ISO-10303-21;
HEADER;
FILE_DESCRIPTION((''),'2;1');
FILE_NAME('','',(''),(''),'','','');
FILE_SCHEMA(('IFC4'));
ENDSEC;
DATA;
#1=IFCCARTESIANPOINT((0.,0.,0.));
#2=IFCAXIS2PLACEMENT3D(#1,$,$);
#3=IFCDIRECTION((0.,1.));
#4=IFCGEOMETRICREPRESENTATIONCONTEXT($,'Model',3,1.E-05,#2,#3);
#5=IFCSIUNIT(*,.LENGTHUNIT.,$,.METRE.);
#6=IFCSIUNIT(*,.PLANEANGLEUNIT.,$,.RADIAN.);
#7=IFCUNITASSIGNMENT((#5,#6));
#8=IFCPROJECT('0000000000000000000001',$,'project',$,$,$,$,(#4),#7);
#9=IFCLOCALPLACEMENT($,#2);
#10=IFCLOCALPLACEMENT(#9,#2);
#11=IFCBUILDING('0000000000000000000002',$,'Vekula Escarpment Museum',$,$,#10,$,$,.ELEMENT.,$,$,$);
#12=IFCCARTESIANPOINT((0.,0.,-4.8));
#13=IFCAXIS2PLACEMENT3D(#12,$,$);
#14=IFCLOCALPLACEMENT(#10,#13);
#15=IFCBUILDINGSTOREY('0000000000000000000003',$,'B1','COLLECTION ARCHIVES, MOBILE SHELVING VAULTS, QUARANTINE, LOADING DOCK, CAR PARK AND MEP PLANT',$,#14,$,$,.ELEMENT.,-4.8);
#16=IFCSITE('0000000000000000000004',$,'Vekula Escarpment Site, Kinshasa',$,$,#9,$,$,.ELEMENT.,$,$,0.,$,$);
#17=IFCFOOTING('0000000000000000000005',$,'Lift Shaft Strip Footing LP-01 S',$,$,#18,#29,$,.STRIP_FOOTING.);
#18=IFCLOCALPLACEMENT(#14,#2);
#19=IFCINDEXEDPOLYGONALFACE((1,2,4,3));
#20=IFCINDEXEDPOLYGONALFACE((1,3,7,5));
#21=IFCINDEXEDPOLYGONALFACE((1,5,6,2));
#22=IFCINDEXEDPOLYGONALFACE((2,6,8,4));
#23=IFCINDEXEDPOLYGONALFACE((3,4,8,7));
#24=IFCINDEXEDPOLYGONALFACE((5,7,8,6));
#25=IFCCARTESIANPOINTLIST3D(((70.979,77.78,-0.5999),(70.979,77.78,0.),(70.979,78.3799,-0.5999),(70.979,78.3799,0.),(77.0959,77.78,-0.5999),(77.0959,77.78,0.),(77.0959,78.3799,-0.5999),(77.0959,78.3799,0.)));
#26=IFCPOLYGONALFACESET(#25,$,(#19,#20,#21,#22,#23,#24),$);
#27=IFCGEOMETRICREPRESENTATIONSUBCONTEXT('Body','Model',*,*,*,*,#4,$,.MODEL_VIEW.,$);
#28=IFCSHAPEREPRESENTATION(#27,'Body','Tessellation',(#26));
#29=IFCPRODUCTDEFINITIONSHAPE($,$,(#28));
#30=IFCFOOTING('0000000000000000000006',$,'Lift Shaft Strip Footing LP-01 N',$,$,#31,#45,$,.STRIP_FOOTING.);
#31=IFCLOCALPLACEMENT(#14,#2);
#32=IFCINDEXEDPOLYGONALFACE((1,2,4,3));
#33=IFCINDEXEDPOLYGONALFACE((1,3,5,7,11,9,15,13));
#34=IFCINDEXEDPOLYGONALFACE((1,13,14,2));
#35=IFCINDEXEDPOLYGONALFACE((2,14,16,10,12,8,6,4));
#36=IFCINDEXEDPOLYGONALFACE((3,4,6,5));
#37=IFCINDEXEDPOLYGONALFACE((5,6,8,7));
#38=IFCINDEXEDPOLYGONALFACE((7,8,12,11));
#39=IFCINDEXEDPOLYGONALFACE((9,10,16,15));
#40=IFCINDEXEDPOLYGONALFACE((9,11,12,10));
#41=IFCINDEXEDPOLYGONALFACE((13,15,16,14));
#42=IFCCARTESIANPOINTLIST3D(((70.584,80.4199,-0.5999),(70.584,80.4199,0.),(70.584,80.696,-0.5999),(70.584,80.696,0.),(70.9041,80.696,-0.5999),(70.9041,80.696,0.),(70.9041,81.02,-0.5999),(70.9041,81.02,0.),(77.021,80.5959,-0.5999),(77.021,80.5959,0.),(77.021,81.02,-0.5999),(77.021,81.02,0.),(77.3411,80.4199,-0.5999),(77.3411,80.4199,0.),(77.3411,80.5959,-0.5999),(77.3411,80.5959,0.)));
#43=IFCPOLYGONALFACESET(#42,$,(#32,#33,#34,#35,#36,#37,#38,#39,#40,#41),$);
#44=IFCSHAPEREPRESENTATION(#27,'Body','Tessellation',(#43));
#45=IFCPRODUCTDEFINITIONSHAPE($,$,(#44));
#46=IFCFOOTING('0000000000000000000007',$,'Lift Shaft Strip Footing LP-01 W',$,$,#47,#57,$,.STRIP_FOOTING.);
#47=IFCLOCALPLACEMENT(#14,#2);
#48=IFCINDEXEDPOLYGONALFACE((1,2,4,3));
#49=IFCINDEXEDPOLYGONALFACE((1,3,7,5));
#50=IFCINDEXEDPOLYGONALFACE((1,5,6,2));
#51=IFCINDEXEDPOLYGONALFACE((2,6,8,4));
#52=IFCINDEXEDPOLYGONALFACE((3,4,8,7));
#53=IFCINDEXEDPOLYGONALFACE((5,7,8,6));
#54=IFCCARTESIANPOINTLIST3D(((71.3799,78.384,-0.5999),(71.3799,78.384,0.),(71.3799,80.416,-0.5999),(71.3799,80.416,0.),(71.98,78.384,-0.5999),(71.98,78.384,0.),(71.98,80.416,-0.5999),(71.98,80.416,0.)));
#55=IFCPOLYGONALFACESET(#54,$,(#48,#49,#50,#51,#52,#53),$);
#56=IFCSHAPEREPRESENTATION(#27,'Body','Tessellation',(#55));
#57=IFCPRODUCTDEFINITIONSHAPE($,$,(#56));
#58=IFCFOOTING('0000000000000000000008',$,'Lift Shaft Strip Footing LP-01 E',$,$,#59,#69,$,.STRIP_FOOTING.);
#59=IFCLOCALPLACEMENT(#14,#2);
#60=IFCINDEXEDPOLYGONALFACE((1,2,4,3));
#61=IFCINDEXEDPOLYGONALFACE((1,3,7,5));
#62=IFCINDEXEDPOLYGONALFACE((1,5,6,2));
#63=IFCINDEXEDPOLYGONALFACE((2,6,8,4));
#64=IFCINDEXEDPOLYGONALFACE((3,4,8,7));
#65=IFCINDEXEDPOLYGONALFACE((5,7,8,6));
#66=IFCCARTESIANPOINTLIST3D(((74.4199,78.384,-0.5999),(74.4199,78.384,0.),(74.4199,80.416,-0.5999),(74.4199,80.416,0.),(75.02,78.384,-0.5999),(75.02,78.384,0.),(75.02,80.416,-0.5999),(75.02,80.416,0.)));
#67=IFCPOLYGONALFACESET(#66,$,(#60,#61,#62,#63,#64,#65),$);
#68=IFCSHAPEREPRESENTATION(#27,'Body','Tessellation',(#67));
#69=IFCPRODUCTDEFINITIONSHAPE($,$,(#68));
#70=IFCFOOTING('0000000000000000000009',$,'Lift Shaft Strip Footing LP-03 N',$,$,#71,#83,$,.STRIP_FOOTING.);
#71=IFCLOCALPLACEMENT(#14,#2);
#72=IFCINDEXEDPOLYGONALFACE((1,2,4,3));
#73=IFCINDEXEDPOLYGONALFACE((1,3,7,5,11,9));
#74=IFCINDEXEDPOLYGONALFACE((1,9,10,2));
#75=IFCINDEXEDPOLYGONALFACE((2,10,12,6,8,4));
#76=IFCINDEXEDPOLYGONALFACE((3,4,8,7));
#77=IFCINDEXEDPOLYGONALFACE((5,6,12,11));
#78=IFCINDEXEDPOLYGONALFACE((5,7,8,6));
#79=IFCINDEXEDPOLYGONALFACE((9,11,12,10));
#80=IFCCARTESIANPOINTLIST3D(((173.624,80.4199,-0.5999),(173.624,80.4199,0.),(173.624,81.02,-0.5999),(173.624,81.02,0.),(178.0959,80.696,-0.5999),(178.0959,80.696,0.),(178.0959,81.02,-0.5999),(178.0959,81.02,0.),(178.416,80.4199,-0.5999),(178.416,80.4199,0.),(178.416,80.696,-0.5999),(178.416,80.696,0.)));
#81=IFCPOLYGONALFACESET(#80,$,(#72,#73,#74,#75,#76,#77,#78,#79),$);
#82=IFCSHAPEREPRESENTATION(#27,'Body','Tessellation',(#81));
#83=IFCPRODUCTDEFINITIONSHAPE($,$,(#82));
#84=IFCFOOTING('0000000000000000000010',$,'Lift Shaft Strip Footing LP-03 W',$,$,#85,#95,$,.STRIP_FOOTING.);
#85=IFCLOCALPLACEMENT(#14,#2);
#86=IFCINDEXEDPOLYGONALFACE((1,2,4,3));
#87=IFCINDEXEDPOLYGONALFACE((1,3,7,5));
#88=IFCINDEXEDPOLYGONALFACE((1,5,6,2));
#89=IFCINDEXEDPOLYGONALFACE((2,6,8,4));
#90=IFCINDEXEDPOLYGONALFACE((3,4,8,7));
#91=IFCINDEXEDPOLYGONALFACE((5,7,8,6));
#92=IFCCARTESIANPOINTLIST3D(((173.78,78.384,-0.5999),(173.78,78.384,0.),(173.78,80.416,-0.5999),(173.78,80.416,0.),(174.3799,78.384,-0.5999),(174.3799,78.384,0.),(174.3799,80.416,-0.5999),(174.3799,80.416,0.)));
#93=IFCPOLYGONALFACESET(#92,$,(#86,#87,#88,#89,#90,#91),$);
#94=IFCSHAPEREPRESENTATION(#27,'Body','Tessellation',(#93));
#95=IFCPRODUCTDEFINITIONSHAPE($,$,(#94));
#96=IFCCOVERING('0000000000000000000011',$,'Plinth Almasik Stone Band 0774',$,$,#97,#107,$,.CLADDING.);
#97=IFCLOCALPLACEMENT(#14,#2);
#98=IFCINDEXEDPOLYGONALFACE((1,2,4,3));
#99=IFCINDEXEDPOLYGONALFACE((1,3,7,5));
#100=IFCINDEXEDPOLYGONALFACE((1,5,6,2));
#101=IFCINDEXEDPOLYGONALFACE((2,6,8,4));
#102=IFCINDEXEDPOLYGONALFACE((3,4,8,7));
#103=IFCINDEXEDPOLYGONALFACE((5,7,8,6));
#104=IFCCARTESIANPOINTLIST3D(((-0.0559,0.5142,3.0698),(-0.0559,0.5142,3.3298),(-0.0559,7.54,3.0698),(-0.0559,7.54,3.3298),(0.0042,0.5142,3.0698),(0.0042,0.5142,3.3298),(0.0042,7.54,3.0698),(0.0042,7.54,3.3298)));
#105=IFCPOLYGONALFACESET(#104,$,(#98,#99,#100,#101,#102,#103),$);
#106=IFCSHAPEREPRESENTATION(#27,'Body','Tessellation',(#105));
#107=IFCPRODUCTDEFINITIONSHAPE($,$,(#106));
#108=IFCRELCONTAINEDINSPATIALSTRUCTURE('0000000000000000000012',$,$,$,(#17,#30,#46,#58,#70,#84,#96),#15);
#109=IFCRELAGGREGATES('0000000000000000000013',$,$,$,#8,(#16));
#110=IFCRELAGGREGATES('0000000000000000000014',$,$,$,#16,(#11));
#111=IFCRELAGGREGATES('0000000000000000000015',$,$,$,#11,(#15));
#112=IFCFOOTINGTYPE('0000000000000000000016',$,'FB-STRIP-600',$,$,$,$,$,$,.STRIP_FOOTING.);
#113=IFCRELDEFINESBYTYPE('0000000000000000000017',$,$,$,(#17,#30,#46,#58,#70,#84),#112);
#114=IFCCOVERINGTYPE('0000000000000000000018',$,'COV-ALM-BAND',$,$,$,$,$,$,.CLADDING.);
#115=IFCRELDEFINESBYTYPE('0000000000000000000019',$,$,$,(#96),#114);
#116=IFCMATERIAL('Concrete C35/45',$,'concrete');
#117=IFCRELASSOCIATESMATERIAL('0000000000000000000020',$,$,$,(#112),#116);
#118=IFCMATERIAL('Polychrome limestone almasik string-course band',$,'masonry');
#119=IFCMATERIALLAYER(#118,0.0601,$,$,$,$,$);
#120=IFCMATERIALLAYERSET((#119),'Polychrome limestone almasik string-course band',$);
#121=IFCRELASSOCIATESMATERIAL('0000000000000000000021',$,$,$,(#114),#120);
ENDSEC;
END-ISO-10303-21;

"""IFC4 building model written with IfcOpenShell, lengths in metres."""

from ifc_helpers import new_model, si_unit, direction, frame, origin, origin_2d, place, context, subcontext, project, spatial, polyline, rectangle, outline, extrude, material, layer, layer_set, type_object, element, save


model = new_model("IFC4")

# Units and contexts
model_context = context("Model", 3, precision=1e-05, world=origin(), true_north=direction((0.0, 1.0)))
body_context = subcontext(model_context, "Body", "Model", "MODEL_VIEW")
ifc_project = project(units=[si_unit("LENGTHUNIT", "METRE"), si_unit("PLANEANGLEUNIT", "RADIAN")], contexts=[model_context])

# Site, building, storey
site_placement = place(None, origin())
site = spatial("IfcSite", under=ifc_project, at=site_placement, Name="Vekula Escarpment Site, Kinshasa", CompositionType="ELEMENT", RefElevation=0.0)
building_placement = place(site_placement, origin())
building = spatial("IfcBuilding", under=site, at=building_placement, Name="Vekula Escarpment Museum", CompositionType="ELEMENT")
storey_placement = place(building_placement, frame((0.0, 0.0, -4.8)))
storey = spatial("IfcBuildingStorey", under=building, at=storey_placement, Name="B1", Description="COLLECTION ARCHIVES, MOBILE SHELVING VAULTS, QUARANTINE, LOADING DOCK, CAR PARK AND MEP PLANT", CompositionType="ELEMENT", Elevation=-4.8)

# Footings
ifc_material_1 = material(Name="Concrete C35/45", Category="concrete")
footing_type = type_object("IfcFootingType", Name="FB-STRIP-600", PredefinedType="STRIP_FOOTING", material=ifc_material_1)
footing_1_placement = place(storey_placement, frame((0.0, 0.0, -0.5999)))
element("IfcFooting", 1, at=footing_1_placement, inside=storey, type_object=footing_type, Name="Lift Shaft Strip Footing LP-01 S", PredefinedType="STRIP_FOOTING", context=body_context, shape_type="SweptSolid", body=[
    extrude(outline(polyline([(70.979, 77.78), (70.979, 78.3799), (77.0959, 78.3799), (77.0959, 77.78), (70.979, 77.78)])), origin(), (0.0, 0.0, 1.0), 0.5999),
])
footing_2_placement = place(storey_placement, frame((0.0, 0.0, -0.5999)))
element("IfcFooting", 2, at=footing_2_placement, inside=storey, type_object=footing_type, Name="Lift Shaft Strip Footing LP-01 N", PredefinedType="STRIP_FOOTING", context=body_context, shape_type="SweptSolid", body=[
    extrude(outline(polyline([(77.3411, 80.4199), (70.584, 80.4199), (70.584, 80.696), (70.9041, 80.696), (70.9041, 81.02), (77.021, 81.02), (77.021, 80.5959), (77.3411, 80.5959), (77.3411, 80.4199)])), origin(), (0.0, 0.0, 1.0), 0.5999),
])
footing_3_placement = place(storey_placement, frame((0.0, 0.0, -0.5999)))
element("IfcFooting", 3, at=footing_3_placement, inside=storey, type_object=footing_type, Name="Lift Shaft Strip Footing LP-01 W", PredefinedType="STRIP_FOOTING", context=body_context, shape_type="SweptSolid", body=[
    extrude(outline(polyline([(71.98, 78.384), (71.3799, 78.384), (71.3799, 80.416), (71.98, 80.416), (71.98, 78.384)])), origin(), (0.0, 0.0, 1.0), 0.5999),
])
footing_4_placement = place(storey_placement, frame((0.0, 0.0, -0.5999)))
element("IfcFooting", 4, at=footing_4_placement, inside=storey, type_object=footing_type, Name="Lift Shaft Strip Footing LP-01 E", PredefinedType="STRIP_FOOTING", context=body_context, shape_type="SweptSolid", body=[
    extrude(outline(polyline([(75.02, 78.384), (74.4199, 78.384), (74.4199, 80.416), (75.02, 80.416), (75.02, 78.384)])), origin(), (0.0, 0.0, 1.0), 0.5999),
])
footing_5_placement = place(storey_placement, frame((0.0, 0.0, -0.5999)))
element("IfcFooting", 5, at=footing_5_placement, inside=storey, type_object=footing_type, Name="Lift Shaft Strip Footing LP-03 N", PredefinedType="STRIP_FOOTING", context=body_context, shape_type="SweptSolid", body=[
    extrude(outline(polyline([(178.416, 80.4199), (173.624, 80.4199), (173.624, 81.02), (178.0959, 81.02), (178.0959, 80.696), (178.416, 80.696), (178.416, 80.4199)])), origin(), (0.0, 0.0, 1.0), 0.5999),
])
footing_6_placement = place(storey_placement, frame((0.0, 0.0, -0.5999)))
element("IfcFooting", 6, at=footing_6_placement, inside=storey, type_object=footing_type, Name="Lift Shaft Strip Footing LP-03 W", PredefinedType="STRIP_FOOTING", context=body_context, shape_type="SweptSolid", body=[
    extrude(outline(polyline([(174.3799, 78.384), (173.78, 78.384), (173.78, 80.416), (174.3799, 80.416), (174.3799, 78.384)])), origin(), (0.0, 0.0, 1.0), 0.5999),
])

# Covering
ifc_material_2 = material(Name="Polychrome limestone almasik string-course band", Category="masonry")
ifc_layer = layer(ifc_material_2, 0.0601)
ifc_layer_set = layer_set([ifc_layer], Name="Polychrome limestone almasik string-course band")
covering_type = type_object("IfcCoveringType", Name="COV-ALM-BAND", PredefinedType="CLADDING", material=ifc_layer_set)
covering_placement = place(storey_placement, frame((-0.0259, 4.0271, 3.0698), z_axis=(0.0, 0.0, 1.0), x_axis=(0.0, 1.0, 0.0)))
element("IfcCovering", 7, at=covering_placement, inside=storey, type_object=covering_type, Name="Plinth Almasik Stone Band 0774", PredefinedType="CLADDING", context=body_context, shape_type="SweptSolid", body=[
    extrude(rectangle(XDim=7.0259, YDim=0.0601, at=origin_2d()), origin(), (0.0, 0.0, 1.0), 0.26),
])

save(model, "model.ifc")
